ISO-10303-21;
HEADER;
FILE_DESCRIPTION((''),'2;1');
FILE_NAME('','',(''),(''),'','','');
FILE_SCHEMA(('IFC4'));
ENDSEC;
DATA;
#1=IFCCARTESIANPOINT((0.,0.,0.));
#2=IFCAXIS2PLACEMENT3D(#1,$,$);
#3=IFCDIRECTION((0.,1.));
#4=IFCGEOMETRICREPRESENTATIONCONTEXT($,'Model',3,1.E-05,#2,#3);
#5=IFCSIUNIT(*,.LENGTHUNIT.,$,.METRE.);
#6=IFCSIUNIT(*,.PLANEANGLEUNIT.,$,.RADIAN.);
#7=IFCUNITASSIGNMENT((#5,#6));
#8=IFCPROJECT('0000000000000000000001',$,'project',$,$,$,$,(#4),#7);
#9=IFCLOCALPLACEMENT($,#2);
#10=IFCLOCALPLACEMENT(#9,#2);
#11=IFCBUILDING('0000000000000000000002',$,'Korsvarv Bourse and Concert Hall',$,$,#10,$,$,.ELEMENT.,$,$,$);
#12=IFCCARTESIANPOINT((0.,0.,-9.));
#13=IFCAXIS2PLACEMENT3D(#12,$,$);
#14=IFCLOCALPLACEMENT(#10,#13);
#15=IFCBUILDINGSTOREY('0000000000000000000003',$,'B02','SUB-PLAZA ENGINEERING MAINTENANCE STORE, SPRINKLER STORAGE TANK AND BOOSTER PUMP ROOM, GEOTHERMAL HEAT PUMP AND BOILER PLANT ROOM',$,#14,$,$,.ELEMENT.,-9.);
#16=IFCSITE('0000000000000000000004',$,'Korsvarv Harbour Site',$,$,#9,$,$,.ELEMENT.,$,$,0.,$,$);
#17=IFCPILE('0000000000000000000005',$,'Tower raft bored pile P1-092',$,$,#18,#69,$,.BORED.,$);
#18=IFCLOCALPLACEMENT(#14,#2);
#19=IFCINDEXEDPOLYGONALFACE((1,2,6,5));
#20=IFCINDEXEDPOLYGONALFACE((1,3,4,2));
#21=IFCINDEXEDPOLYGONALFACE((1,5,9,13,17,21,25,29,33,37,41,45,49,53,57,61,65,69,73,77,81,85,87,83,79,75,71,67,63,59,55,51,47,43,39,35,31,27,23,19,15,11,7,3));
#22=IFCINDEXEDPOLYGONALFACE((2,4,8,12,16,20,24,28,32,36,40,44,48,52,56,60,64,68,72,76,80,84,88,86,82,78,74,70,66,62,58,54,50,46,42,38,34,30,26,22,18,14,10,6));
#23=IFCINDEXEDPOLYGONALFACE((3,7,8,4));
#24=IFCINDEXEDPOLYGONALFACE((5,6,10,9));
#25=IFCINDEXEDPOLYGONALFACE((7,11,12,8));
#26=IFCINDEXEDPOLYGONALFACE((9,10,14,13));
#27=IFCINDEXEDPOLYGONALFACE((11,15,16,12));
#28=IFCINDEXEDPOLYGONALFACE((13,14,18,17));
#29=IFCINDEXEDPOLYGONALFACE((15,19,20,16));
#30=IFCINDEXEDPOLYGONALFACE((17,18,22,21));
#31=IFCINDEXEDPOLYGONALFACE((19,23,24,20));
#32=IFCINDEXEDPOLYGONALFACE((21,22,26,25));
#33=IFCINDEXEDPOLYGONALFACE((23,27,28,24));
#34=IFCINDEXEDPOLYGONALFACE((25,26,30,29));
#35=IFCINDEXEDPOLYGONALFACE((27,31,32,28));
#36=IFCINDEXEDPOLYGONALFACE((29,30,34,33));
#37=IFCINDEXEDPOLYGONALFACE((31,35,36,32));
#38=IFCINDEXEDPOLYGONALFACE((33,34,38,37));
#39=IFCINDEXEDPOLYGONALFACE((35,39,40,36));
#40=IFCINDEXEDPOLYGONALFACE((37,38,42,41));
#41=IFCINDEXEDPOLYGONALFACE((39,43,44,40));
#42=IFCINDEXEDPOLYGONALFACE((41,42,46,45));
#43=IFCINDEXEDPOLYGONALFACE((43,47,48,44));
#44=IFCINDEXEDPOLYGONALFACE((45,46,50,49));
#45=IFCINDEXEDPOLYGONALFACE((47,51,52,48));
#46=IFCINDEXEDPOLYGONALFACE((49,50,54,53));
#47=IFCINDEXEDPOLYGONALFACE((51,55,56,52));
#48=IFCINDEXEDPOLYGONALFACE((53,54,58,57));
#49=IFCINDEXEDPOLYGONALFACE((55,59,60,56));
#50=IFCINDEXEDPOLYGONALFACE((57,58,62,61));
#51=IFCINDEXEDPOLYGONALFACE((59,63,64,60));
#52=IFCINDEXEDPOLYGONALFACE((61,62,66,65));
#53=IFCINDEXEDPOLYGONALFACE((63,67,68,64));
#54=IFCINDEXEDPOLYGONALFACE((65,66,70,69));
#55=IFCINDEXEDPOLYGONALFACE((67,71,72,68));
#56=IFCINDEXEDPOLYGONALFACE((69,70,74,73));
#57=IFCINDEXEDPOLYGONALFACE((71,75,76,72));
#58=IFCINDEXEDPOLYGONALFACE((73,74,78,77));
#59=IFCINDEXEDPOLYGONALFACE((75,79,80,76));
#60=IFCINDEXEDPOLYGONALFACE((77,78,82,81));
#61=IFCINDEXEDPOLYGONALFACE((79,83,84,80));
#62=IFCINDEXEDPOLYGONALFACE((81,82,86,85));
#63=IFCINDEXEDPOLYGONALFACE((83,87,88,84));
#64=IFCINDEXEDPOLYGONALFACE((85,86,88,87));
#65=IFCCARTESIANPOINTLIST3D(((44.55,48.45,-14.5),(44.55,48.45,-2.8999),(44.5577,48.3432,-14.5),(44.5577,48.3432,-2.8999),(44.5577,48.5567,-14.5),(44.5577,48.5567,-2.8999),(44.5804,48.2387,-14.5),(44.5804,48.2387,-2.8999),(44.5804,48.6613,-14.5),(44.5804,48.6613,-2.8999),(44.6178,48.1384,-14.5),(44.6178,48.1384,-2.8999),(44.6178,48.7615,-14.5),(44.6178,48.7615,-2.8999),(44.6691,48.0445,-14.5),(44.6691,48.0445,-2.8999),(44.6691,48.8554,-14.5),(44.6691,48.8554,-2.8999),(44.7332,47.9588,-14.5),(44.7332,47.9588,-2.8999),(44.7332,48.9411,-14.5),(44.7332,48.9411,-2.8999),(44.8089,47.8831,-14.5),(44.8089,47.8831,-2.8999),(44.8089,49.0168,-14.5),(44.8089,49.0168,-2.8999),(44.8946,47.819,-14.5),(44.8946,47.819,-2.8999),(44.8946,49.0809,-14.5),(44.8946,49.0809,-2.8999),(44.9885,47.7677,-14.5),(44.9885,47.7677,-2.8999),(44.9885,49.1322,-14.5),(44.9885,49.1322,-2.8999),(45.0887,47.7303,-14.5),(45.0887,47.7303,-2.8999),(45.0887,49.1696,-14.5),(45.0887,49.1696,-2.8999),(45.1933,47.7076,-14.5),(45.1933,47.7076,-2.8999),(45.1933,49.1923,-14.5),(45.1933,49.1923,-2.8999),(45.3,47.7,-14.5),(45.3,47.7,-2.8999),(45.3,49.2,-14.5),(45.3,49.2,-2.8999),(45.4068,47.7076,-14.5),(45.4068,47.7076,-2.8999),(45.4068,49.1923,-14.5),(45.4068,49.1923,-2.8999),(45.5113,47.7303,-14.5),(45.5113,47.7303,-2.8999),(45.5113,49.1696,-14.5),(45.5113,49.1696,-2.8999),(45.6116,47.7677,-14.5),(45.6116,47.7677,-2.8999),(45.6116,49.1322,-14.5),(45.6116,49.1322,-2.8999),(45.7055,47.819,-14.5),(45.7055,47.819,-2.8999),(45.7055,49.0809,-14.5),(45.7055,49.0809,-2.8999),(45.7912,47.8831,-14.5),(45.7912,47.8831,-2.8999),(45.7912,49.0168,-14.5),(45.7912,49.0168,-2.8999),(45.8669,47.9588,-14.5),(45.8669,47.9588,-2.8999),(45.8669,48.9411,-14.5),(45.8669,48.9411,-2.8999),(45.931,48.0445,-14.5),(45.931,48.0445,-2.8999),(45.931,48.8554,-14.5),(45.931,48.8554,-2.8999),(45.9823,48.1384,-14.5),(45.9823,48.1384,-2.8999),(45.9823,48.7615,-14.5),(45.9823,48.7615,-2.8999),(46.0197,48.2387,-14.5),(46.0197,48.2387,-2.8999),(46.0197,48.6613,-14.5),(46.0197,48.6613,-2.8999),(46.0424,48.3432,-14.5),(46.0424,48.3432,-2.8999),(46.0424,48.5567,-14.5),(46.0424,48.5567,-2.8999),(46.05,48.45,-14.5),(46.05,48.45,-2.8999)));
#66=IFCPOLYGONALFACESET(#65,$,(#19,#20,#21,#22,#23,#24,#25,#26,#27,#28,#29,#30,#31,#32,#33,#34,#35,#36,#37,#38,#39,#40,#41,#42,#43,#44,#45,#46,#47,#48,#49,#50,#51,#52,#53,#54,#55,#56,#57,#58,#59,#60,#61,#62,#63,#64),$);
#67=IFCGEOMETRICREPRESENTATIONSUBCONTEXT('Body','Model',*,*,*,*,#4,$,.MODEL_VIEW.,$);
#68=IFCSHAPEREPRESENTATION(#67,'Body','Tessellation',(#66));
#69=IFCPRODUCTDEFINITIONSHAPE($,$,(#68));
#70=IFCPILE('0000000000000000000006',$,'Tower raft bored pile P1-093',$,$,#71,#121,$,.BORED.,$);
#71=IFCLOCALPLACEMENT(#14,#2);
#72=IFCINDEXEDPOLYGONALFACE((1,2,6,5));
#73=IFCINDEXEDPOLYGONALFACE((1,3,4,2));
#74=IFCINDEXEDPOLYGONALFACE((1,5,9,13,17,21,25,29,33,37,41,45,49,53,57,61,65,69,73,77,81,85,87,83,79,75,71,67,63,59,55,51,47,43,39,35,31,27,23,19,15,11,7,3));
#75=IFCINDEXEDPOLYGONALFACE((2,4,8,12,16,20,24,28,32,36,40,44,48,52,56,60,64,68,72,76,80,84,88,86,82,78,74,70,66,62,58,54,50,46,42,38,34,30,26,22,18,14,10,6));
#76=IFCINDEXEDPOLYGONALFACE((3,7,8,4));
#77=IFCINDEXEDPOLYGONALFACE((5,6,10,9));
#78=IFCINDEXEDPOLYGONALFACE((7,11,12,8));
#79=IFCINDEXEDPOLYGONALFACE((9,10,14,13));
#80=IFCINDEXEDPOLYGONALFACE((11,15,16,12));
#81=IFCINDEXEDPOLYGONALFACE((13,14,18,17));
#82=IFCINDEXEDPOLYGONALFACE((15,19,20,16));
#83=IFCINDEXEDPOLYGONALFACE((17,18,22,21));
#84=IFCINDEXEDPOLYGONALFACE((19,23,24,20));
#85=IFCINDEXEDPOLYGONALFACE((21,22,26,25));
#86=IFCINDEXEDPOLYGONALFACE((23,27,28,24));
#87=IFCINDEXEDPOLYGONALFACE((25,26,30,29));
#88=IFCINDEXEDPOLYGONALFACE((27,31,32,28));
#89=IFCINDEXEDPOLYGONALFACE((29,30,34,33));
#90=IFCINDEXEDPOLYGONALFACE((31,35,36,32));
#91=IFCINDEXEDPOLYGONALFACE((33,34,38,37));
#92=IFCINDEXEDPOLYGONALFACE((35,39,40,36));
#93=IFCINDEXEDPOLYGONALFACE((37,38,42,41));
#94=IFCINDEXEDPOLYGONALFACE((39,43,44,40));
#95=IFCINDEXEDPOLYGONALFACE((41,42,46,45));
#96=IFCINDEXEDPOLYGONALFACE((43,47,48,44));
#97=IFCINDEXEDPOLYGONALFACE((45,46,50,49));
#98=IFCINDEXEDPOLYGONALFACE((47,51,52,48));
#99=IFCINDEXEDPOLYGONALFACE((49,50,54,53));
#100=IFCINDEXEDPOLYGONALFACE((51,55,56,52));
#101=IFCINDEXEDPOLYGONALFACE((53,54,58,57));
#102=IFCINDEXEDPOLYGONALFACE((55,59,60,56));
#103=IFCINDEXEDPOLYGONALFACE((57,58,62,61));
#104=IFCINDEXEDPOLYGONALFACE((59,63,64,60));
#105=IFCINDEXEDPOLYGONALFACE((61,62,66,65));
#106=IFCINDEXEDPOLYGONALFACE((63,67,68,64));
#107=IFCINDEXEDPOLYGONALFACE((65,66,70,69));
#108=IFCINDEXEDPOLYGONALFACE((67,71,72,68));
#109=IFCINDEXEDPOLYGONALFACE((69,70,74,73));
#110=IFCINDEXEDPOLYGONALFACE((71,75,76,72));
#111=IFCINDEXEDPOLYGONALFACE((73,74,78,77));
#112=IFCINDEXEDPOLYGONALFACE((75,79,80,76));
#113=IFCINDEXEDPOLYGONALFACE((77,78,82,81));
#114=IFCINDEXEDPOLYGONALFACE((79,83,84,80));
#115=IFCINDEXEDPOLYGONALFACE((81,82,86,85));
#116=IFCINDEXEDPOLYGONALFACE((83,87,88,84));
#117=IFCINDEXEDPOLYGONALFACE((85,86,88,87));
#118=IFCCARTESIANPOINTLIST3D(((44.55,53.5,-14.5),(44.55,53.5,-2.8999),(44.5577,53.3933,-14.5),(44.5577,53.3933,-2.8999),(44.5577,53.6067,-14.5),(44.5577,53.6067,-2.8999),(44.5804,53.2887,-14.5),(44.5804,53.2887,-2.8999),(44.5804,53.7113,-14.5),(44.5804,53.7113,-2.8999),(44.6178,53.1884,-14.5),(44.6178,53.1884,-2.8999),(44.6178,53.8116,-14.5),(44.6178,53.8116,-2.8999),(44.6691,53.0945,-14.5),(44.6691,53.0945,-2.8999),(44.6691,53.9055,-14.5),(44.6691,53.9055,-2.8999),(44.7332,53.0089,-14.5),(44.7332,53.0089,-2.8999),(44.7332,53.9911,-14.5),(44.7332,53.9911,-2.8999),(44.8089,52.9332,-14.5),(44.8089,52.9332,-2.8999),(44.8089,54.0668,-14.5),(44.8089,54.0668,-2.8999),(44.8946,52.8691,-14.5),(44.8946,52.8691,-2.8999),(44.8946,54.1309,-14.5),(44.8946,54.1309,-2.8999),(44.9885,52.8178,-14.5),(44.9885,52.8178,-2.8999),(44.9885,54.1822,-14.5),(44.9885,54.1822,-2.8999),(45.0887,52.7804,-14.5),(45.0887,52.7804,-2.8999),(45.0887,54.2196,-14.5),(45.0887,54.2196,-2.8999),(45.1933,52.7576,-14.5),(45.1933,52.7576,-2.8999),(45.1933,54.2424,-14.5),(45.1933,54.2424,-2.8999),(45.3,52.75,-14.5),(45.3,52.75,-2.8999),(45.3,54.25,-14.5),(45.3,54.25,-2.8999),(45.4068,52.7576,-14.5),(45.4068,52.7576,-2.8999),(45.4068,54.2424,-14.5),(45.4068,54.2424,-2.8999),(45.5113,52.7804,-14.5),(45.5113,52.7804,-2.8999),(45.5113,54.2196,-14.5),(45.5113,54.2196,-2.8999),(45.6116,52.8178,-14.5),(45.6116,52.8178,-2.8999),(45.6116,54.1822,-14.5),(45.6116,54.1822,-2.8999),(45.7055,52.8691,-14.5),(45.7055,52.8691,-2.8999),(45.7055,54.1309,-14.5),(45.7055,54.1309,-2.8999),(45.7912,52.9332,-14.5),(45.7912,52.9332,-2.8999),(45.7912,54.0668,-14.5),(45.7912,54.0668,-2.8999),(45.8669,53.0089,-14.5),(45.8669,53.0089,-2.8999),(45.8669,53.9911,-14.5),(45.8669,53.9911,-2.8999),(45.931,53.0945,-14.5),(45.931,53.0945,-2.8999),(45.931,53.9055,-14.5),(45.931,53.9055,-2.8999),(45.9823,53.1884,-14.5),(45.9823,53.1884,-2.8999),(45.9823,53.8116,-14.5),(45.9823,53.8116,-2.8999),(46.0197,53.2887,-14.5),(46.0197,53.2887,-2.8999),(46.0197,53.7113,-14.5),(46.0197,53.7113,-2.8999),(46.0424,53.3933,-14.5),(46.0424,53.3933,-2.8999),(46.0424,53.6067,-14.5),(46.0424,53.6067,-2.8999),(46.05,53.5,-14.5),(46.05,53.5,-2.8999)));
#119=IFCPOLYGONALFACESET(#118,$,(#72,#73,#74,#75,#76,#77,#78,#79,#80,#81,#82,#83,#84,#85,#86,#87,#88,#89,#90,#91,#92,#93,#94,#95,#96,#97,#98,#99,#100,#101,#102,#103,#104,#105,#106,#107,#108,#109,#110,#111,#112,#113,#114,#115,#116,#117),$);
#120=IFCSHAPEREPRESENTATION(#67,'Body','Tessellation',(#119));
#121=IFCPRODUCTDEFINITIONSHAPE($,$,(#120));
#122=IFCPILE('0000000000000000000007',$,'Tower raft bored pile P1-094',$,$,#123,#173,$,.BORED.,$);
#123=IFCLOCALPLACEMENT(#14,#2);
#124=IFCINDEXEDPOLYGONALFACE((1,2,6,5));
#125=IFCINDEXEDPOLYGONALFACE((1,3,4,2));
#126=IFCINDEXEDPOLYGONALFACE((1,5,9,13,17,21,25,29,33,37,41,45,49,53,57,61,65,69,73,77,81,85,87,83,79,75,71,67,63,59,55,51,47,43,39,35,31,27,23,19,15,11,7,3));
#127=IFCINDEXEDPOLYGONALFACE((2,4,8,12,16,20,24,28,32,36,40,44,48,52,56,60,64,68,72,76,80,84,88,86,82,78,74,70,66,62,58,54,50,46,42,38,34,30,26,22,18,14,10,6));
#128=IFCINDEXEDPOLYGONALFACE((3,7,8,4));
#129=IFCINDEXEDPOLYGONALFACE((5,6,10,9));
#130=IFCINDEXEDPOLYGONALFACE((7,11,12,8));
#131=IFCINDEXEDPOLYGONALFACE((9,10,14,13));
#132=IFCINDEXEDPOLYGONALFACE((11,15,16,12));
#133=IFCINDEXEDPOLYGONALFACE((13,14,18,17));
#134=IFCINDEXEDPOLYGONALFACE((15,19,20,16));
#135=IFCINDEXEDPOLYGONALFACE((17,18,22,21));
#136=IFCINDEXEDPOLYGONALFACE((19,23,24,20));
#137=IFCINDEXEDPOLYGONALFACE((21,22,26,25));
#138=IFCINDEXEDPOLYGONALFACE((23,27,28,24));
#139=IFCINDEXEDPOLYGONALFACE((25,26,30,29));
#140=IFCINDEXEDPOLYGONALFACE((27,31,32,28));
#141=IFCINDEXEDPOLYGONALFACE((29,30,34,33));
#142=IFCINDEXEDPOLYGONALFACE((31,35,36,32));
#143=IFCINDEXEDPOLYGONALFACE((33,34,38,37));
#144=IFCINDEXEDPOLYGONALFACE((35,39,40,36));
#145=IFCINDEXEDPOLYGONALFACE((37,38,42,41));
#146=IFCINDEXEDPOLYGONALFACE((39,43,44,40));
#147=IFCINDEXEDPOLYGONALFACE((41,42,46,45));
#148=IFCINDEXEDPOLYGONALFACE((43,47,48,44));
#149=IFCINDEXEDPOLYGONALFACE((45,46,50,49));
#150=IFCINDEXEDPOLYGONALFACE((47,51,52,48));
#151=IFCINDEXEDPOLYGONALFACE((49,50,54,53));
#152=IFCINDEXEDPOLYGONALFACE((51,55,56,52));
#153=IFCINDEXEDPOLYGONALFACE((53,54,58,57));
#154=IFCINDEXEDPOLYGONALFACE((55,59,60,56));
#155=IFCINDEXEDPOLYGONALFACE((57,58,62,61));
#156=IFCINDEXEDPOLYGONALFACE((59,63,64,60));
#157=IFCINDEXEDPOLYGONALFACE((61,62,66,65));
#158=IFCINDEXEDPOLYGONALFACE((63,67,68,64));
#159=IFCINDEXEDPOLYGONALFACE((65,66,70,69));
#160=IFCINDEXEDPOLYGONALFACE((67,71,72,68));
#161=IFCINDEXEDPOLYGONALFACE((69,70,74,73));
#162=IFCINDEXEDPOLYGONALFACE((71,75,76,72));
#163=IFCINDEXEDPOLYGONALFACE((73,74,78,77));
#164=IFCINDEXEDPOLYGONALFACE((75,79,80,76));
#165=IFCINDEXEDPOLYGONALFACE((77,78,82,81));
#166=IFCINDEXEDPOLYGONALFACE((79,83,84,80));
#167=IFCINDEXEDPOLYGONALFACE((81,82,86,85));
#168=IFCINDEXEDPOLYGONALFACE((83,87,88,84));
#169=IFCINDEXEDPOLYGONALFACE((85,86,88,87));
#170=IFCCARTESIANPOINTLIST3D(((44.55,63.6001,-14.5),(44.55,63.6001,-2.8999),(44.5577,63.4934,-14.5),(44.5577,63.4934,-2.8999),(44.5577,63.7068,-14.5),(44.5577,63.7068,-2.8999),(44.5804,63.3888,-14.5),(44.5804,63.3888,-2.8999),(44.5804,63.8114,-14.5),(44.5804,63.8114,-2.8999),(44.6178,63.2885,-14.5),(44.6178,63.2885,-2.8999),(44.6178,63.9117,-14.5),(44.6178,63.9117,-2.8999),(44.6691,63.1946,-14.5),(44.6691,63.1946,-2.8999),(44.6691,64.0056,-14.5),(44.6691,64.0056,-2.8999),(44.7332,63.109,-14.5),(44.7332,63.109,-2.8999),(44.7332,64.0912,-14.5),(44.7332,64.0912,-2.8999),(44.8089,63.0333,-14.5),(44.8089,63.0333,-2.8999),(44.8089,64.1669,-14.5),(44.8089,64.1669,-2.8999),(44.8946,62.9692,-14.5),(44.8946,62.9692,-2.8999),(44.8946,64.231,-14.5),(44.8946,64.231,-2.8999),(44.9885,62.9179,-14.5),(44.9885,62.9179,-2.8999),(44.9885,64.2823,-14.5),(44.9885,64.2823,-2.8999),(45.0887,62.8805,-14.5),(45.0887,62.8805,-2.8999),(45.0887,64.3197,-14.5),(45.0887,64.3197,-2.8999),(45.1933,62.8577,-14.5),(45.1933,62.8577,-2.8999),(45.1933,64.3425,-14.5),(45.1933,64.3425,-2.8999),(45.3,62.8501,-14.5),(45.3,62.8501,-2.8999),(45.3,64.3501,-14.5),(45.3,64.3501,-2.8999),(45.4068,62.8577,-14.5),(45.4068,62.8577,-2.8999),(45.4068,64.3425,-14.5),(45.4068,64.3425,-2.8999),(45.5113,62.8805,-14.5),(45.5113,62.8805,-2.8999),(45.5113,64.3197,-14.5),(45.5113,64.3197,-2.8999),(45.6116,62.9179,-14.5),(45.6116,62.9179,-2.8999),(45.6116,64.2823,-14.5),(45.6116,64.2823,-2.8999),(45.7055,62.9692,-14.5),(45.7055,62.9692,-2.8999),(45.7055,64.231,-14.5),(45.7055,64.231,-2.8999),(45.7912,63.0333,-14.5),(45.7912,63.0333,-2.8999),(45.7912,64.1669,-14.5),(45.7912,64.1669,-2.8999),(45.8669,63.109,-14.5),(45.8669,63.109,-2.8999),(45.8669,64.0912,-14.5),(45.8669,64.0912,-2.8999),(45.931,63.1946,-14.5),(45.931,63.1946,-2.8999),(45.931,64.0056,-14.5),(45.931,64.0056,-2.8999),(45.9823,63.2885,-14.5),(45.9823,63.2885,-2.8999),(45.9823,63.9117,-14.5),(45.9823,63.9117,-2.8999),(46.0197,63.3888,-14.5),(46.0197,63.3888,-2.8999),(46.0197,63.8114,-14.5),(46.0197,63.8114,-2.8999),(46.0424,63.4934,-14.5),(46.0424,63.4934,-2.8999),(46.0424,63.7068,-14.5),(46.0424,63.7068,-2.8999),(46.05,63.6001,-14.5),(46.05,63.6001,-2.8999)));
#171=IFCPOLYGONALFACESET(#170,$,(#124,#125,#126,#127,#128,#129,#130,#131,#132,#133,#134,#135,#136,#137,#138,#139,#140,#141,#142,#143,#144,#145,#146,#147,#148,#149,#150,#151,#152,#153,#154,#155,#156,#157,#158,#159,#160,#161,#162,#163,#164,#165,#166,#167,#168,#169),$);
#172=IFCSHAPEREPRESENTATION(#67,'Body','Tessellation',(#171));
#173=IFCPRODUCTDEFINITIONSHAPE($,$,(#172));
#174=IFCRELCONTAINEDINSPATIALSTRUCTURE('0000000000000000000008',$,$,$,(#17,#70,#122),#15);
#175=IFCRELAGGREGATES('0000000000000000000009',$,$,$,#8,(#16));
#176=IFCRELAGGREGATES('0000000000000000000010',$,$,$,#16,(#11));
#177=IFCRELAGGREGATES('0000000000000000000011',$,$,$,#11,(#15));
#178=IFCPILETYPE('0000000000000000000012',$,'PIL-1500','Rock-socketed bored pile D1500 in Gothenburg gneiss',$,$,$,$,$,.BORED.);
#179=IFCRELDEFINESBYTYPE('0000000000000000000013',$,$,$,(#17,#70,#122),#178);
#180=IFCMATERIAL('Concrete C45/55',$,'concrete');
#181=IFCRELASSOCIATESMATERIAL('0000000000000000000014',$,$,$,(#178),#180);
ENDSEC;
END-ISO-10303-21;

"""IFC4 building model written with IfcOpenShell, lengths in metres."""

from ifc_helpers import new_model, si_unit, direction, frame, origin, origin_2d, place, context, subcontext, project, spatial, circle, extrude, source, transform, mapped, material, material_profile, profile_set, type_object, element, save


model = new_model("IFC4")

# Units and contexts
model_context = context("Model", 3, precision=1e-05, world=origin(), true_north=direction((0.0, 1.0)))
body_context = subcontext(model_context, "Body", "Model", "MODEL_VIEW")
ifc_project = project(units=[si_unit("LENGTHUNIT", "METRE"), si_unit("PLANEANGLEUNIT", "RADIAN")], contexts=[model_context])

# Site, building, storey
site_placement = place(None, origin())
site = spatial("IfcSite", under=ifc_project, at=site_placement, Name="Korsvarv Harbour Site", CompositionType="ELEMENT", RefElevation=0.0)
building_placement = place(site_placement, origin())
building = spatial("IfcBuilding", under=site, at=building_placement, Name="Korsvarv Bourse and Concert Hall", CompositionType="ELEMENT")
storey_placement = place(building_placement, frame((0.0, 0.0, -9.0)))
storey = spatial("IfcBuildingStorey", under=building, at=storey_placement, Name="B02", Description="SUB-PLAZA ENGINEERING MAINTENANCE STORE, SPRINKLER STORAGE TANK AND BOOSTER PUMP ROOM, GEOTHERMAL HEAT PUMP AND BOILER PLANT ROOM", CompositionType="ELEMENT", Elevation=-9.0)

# Piles
ifc_material_1 = material(Name="Concrete C45/55", Category="concrete")
ifc_material_profile_1 = material_profile(ifc_material_1, circle(Radius=0.75, at=origin_2d()), Name="PILE D1500")
ifc_profile_set_1 = profile_set([ifc_material_profile_1], Name="Concrete C45/55")
pile_type = type_object("IfcPileType", Name="PIL-1500", Description="Rock-socketed bored pile D1500 in Gothenburg gneiss", PredefinedType="BORED", material=ifc_profile_set_1)
shared_shape_1 = source(origin(), body_context, "Body", "SweptSolid", [
    extrude(circle(Radius=0.75, at=origin_2d()), origin(), (0.0, 0.0, 1.0), 11.6001),
])
for number, where, z_axis, x_axis, name in (
    (1, (45.3, 48.45, -2.8999), (0.0, 0.0, -1.0), (1.0, 0.0, 0.0), "Tower raft bored pile P1-092"),
    (2, (45.3, 53.5, -2.8999), (0.0, 0.0, -1.0), (1.0, 0.0, 0.0), "Tower raft bored pile P1-093"),
    (3, (45.3, 63.6001, -2.8999), (0.0, 0.0, -1.0), (1.0, 0.0, 0.0), "Tower raft bored pile P1-094"),
):
    element("IfcPile", number, at=place(storey_placement, frame(where, z_axis=z_axis, x_axis=x_axis)), inside=storey, type_object=pile_type, Name=name, PredefinedType="BORED", context=body_context, shape_type="MappedRepresentation", body=[
        mapped(shared_shape_1, transform((0.0, 0.0, 0.0), scale=1.0)),
    ])

save(model, "model.ifc")
